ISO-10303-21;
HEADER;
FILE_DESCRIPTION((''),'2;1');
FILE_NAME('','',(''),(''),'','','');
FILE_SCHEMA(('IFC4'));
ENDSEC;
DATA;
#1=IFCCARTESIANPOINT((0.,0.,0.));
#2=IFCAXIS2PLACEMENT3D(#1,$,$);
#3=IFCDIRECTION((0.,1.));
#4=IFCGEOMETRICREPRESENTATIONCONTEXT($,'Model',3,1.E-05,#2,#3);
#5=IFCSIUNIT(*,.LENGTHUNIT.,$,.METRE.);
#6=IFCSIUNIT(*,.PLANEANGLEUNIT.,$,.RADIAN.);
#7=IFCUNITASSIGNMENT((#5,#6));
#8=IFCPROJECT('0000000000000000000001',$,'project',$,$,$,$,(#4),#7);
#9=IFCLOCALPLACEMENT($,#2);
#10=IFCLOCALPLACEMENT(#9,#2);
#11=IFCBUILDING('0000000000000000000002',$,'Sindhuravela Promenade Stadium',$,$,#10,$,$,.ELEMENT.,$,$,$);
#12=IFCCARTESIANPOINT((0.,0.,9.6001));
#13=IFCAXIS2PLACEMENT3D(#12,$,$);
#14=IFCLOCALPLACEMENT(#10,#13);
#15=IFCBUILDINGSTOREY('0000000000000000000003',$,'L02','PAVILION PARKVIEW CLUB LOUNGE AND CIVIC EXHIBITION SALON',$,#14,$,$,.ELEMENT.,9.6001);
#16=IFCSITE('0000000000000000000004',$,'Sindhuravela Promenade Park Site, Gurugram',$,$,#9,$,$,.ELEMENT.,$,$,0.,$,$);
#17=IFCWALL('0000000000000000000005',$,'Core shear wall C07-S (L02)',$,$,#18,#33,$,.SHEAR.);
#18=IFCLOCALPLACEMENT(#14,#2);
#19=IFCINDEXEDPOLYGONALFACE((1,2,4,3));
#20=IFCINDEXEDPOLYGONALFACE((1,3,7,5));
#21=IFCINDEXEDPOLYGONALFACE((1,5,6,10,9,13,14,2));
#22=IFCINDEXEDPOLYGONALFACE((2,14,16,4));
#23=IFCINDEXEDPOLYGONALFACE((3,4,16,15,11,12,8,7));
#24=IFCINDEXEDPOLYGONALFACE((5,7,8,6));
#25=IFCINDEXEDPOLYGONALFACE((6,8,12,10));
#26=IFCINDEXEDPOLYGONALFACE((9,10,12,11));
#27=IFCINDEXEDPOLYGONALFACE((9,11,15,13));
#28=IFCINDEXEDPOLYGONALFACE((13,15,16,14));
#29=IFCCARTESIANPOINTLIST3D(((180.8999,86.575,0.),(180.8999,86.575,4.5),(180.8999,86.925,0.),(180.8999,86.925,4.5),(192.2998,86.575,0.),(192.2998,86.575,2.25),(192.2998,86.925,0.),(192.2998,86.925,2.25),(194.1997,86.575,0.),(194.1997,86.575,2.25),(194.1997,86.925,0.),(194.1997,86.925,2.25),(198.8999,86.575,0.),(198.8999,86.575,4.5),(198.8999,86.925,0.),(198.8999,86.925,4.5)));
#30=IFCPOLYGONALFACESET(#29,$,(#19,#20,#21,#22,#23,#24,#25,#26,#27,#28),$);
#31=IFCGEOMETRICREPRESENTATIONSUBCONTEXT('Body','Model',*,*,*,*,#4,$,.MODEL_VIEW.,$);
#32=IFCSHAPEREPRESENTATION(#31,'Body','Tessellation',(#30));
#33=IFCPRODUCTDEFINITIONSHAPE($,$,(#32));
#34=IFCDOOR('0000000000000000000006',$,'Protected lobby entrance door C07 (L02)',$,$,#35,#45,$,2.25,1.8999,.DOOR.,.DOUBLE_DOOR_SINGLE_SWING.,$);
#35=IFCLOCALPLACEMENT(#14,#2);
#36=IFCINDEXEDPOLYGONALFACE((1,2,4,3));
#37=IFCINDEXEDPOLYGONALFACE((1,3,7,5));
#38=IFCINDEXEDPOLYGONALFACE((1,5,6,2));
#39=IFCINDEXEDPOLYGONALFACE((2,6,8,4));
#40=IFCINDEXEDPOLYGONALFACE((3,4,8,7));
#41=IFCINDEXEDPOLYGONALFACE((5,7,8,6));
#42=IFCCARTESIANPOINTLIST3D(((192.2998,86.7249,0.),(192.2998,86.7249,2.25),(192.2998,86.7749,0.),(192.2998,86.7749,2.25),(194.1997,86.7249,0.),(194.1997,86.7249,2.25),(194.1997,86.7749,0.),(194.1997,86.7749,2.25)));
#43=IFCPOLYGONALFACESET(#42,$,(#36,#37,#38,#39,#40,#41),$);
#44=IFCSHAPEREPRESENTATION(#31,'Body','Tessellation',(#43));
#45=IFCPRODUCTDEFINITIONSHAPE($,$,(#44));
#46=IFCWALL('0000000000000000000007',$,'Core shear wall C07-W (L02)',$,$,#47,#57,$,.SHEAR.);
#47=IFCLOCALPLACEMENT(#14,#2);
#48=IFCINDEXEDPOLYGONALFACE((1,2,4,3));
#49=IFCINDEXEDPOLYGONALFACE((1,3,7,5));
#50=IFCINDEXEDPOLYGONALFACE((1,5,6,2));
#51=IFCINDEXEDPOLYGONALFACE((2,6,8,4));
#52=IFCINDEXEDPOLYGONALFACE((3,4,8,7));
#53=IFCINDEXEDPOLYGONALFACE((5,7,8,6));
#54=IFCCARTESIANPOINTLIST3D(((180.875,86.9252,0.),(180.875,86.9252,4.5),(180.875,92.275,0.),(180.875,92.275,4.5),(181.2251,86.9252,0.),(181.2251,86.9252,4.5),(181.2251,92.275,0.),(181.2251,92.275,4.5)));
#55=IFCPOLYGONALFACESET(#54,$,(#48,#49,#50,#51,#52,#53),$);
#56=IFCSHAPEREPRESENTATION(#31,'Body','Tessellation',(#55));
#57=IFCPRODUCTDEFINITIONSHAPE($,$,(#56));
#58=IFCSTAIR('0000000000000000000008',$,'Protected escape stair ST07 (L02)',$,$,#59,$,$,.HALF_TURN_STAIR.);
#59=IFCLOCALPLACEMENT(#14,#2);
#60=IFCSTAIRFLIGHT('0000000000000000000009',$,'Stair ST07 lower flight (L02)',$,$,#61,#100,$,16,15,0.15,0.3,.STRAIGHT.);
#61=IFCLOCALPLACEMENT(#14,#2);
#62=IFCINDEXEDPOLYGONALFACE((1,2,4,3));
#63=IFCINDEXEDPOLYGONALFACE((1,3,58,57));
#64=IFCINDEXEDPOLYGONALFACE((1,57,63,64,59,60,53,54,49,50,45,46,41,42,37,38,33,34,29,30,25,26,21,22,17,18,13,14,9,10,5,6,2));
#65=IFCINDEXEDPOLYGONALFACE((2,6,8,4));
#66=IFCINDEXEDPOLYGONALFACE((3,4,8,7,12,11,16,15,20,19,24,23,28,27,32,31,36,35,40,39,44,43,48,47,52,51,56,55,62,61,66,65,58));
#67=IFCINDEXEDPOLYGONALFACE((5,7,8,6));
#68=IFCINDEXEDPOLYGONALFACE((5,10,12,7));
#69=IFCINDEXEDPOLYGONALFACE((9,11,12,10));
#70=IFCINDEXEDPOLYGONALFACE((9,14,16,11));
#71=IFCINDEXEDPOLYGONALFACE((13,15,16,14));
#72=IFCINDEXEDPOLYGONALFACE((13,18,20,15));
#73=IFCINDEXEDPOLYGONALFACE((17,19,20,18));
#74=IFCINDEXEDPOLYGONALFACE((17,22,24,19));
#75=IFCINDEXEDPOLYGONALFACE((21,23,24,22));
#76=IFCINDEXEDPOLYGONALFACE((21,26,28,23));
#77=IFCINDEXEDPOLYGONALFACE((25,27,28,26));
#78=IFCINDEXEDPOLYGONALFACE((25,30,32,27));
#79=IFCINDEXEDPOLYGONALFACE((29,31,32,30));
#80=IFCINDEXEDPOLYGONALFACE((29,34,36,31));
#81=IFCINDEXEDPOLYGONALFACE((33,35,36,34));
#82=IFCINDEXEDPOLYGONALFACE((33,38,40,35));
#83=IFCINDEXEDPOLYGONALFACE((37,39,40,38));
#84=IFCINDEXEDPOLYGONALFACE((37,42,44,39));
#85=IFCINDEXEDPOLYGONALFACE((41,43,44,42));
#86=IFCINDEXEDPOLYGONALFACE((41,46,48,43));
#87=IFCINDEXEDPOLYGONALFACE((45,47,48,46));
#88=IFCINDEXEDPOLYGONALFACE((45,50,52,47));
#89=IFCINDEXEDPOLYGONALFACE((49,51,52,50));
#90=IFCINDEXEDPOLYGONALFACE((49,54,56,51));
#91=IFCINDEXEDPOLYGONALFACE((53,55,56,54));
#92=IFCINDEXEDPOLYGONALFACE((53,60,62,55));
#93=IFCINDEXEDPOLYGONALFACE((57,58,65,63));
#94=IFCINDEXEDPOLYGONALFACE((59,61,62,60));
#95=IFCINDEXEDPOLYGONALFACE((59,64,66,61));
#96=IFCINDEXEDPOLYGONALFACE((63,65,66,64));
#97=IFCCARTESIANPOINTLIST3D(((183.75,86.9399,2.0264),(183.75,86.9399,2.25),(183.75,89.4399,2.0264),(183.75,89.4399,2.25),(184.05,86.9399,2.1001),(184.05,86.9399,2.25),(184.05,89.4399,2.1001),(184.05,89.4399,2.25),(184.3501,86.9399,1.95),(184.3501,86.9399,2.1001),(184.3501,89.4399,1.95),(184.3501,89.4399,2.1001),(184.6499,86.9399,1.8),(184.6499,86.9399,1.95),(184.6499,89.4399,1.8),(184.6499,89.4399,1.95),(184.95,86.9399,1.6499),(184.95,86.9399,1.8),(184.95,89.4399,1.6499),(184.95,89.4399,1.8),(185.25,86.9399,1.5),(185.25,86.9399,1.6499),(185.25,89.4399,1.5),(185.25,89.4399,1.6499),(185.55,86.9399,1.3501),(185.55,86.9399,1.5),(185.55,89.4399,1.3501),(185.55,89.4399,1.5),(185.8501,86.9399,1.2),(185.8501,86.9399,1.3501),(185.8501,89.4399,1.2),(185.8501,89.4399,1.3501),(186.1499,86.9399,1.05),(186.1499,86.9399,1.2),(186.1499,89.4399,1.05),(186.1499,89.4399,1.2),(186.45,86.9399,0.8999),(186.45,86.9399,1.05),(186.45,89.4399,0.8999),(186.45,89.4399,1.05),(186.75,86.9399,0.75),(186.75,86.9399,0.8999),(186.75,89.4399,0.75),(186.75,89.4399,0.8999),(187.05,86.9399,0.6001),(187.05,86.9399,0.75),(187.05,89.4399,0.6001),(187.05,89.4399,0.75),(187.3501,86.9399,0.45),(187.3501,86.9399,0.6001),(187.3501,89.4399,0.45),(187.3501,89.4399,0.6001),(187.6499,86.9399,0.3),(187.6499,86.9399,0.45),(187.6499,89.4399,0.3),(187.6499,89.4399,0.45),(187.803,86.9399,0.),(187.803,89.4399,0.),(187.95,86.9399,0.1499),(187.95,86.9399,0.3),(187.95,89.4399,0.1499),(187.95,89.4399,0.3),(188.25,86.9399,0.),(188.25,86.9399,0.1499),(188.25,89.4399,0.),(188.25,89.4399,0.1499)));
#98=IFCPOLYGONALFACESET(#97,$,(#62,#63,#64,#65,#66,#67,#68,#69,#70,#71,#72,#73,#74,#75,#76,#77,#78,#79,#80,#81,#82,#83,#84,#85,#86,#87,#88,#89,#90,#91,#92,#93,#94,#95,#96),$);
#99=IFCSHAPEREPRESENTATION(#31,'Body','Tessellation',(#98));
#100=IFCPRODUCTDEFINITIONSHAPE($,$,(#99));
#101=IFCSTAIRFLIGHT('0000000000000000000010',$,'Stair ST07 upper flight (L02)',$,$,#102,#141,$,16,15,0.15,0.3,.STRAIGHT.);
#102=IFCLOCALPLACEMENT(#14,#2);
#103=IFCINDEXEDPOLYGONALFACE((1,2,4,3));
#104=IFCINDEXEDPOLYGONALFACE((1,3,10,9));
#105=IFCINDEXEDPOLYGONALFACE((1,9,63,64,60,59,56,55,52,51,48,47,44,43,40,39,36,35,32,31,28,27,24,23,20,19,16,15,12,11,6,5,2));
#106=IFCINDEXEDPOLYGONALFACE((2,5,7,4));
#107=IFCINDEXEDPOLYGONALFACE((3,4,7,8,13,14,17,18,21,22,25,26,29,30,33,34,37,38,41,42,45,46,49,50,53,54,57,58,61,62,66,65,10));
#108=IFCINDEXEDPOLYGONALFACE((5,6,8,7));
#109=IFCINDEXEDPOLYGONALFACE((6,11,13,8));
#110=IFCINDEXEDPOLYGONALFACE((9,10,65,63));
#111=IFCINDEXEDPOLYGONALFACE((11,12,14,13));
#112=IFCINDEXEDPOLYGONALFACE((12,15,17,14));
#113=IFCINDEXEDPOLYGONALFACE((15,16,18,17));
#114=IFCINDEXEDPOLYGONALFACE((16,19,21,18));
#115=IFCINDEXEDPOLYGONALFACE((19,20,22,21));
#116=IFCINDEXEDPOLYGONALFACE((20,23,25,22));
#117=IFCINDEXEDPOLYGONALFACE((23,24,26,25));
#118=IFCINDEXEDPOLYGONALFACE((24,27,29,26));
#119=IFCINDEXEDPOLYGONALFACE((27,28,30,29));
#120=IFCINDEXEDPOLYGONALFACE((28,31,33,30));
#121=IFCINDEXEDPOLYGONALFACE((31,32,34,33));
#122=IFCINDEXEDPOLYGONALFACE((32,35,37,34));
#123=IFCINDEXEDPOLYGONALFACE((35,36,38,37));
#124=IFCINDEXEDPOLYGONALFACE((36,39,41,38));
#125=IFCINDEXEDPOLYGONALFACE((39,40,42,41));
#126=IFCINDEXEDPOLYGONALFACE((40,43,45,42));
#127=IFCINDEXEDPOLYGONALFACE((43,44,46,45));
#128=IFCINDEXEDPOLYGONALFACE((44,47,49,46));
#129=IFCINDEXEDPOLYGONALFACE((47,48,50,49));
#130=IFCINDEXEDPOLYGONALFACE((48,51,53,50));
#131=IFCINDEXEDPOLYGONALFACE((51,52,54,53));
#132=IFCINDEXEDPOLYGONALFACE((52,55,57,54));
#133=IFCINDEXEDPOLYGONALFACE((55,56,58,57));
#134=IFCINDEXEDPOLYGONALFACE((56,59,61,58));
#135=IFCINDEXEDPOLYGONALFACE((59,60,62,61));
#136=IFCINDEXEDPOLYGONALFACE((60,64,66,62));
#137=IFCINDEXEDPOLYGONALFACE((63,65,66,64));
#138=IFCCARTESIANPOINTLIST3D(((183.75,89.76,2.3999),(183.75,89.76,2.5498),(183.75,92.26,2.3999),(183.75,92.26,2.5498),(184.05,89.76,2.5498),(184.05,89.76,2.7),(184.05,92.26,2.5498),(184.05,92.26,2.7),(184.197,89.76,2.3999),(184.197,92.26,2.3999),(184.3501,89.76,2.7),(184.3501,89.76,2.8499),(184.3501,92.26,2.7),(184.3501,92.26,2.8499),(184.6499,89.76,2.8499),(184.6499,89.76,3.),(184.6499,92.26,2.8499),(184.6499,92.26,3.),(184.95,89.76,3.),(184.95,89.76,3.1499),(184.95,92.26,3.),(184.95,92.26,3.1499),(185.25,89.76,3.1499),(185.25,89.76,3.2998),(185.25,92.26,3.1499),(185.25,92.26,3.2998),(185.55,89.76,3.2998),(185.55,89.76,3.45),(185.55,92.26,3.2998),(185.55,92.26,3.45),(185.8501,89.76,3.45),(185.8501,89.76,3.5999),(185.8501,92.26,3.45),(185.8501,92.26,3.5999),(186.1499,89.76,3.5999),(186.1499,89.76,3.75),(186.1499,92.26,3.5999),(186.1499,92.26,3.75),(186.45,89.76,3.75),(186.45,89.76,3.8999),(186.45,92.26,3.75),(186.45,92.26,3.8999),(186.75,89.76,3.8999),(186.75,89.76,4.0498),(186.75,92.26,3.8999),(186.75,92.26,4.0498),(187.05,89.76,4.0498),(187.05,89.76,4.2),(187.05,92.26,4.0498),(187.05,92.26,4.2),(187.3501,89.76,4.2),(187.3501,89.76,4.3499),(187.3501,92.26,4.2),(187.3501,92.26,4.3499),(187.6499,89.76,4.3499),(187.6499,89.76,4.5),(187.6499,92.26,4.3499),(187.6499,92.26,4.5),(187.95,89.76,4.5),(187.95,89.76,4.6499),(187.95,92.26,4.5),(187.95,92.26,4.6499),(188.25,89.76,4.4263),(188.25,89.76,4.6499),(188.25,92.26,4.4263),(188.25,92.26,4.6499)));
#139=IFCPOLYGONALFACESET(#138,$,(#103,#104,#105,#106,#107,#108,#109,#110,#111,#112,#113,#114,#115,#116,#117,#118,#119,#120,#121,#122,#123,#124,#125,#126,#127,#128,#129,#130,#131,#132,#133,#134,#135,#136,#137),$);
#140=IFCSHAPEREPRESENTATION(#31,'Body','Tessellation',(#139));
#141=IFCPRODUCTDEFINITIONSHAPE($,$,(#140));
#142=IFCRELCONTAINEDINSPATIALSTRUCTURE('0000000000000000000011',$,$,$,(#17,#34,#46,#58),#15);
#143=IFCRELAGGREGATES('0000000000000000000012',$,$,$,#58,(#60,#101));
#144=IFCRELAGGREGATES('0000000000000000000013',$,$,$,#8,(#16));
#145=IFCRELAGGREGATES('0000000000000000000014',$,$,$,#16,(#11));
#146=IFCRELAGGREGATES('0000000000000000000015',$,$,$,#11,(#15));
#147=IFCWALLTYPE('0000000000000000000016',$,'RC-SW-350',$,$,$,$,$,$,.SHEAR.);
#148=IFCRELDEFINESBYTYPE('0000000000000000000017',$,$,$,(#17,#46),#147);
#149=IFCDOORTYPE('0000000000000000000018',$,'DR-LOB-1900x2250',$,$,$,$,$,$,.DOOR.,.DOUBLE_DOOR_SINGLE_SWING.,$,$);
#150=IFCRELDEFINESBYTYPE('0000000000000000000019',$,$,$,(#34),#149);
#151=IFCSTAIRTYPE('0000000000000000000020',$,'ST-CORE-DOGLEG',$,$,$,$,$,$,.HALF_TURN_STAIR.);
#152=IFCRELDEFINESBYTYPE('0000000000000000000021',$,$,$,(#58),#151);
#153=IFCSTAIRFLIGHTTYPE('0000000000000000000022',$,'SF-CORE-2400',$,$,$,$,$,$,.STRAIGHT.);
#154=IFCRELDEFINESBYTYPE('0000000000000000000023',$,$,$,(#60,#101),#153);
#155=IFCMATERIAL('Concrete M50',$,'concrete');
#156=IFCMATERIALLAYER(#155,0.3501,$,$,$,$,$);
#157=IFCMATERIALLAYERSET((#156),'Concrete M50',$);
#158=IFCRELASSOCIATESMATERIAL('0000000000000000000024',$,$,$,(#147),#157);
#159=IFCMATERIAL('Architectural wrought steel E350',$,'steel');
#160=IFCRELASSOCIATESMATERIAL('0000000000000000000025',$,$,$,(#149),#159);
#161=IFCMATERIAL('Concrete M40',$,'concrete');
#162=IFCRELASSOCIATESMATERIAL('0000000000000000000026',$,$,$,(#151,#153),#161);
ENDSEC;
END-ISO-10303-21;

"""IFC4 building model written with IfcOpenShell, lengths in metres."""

from ifc_helpers import new_model, si_unit, direction, frame, frame_2d, origin, place, context, subcontext, project, spatial, polyline, rectangle, outline, extrude, material, layer, layer_set, type_object, element, fill, aggregate, save


model = new_model("IFC4")

# Units and contexts
model_context = context("Model", 3, precision=1e-05, world=origin(), true_north=direction((0.0, 1.0)))
body_context = subcontext(model_context, "Body", "Model", "MODEL_VIEW")
ifc_project = project(units=[si_unit("LENGTHUNIT", "METRE"), si_unit("PLANEANGLEUNIT", "RADIAN")], contexts=[model_context])

# Site, building, storey
site_placement = place(None, origin())
site = spatial("IfcSite", under=ifc_project, at=site_placement, Name="Sindhuravela Promenade Park Site, Gurugram", CompositionType="ELEMENT", RefElevation=0.0)
building_placement = place(site_placement, origin())
building = spatial("IfcBuilding", under=site, at=building_placement, Name="Sindhuravela Promenade Stadium", CompositionType="ELEMENT")
storey_placement = place(building_placement, frame((0.0, 0.0, 9.6001)))
storey = spatial("IfcBuildingStorey", under=building, at=storey_placement, Name="L02", Description="PAVILION PARKVIEW CLUB LOUNGE AND CIVIC EXHIBITION SALON", CompositionType="ELEMENT", Elevation=9.6001)

# Shared definitions
ifc_material_1 = material(Name="Concrete M40", Category="concrete")

# Wall, opening, door
ifc_material_2 = material(Name="Concrete M50", Category="concrete")
ifc_layer_1 = layer(ifc_material_2, 0.3501)
ifc_layer_set_1 = layer_set([ifc_layer_1], Name="Concrete M50")
wall_type_1 = type_object("IfcWallType", Name="RC-SW-350", PredefinedType="SHEAR", material=ifc_layer_set_1)
wall_1_placement = place(storey_placement, frame((180.8999, 86.75, 0.0), z_axis=(0.0, 0.0, 1.0), x_axis=(1.0, 0.0, 0.0)))
wall_1 = element("IfcWall", 1, at=wall_1_placement, inside=storey, type_object=wall_type_1, Name="Core shear wall C07-S (L02)", PredefinedType="SHEAR", context=body_context, shape_type="SweptSolid", body=[
    extrude(rectangle(XDim=18.0, YDim=0.3501, at=frame_2d((9.0, 0.0))), origin(), (0.0, 0.0, 1.0), 4.5),
])
opening_placement = place(wall_1_placement, frame((11.3999, 0.0, 0.0)))
opening = element("IfcOpeningElement", 2, at=opening_placement, cuts=wall_1, PredefinedType="OPENING", context=body_context, shape_type="SweptSolid", body=[
    extrude(rectangle(XDim=1.8999, YDim=2.25, at=frame_2d((0.95, 1.125))), frame((0.0, 0.1851, 0.0), z_axis=(0.0, -1.0, 0.0), x_axis=(1.0, 0.0, 0.0)), (0.0, 0.0, 1.0), 0.3701),
])
ifc_material_3 = material(Name="Architectural wrought steel E350", Category="steel")
door_type = type_object("IfcDoorType", Name="DR-LOB-1900x2250", OperationType="DOUBLE_DOOR_SINGLE_SWING", PredefinedType="DOOR", material=ifc_material_3)
door_placement = place(opening_placement, origin())
door = element("IfcDoor", 3, at=door_placement, inside=storey, type_object=door_type, Name="Protected lobby entrance door C07 (L02)", OperationType="DOUBLE_DOOR_SINGLE_SWING", OverallHeight=2.25, OverallWidth=1.8999, PredefinedType="DOOR", context=body_context, shape_type="SweptSolid", body=[
    extrude(rectangle(XDim=1.8999, YDim=2.25, at=frame_2d((0.95, 1.125))), frame((0.0, 0.0249, 0.0), z_axis=(0.0, -1.0, 0.0), x_axis=(1.0, 0.0, 0.0)), (0.0, 0.0, 1.0), 0.05),
])
fill(opening, door)

# Wall
wall_2_placement = place(storey_placement, frame((181.05, 92.2749, 0.0), z_axis=(0.0, 0.0, 1.0), x_axis=(0.0, -1.0, 0.0)))
element("IfcWall", 4, at=wall_2_placement, inside=storey, type_object=wall_type_1, Name="Core shear wall C07-W (L02)", PredefinedType="SHEAR", context=body_context, shape_type="SweptSolid", body=[
    extrude(rectangle(XDim=5.3499, YDim=0.3501, at=frame_2d((2.6748, 0.0))), origin(), (0.0, 0.0, 1.0), 4.5),
])

# Stair, stair flights
stair_type = type_object("IfcStairType", Name="ST-CORE-DOGLEG", PredefinedType="HALF_TURN_STAIR", material=ifc_material_1)
stair_placement = place(storey_placement, origin())
stair = element("IfcStair", 5, at=stair_placement, inside=storey, type_object=stair_type, Name="Protected escape stair ST07 (L02)", PredefinedType="HALF_TURN_STAIR")
stair_flight_type = type_object("IfcStairFlightType", Name="SF-CORE-2400", PredefinedType="STRAIGHT", material=ifc_material_1)
stair_flight_1_placement = place(storey_placement, frame((188.25, 88.1899, 0.0), z_axis=(0.0, 0.0, 1.0), x_axis=(-1.0, 0.0, 0.0)))
stair_flight_1 = element("IfcStairFlight", 6, at=stair_flight_1_placement, type_object=stair_flight_type, Name="Stair ST07 lower flight (L02)", NumberOfRisers=16, NumberOfTreads=15, PredefinedType="STRAIGHT", RiserHeight=0.15, TreadLength=0.3, context=body_context, shape_type="SweptSolid", body=[
    extrude(outline(polyline([(0.0, 0.0), (0.0, 0.1499), (0.3, 0.1499), (0.3, 0.3), (0.6001, 0.3), (0.6001, 0.45), (0.8999, 0.45), (0.8999, 0.6001), (1.2, 0.6001), (1.2, 0.75), (1.5, 0.75), (1.5, 0.8999), (1.8, 0.8999), (1.8, 1.05), (2.1001, 1.05), (2.1001, 1.2), (2.3999, 1.2), (2.3999, 1.3501), (2.7, 1.3501), (2.7, 1.5), (3.0, 1.5), (3.0, 1.6499), (3.3, 1.6499), (3.3, 1.8), (3.6001, 1.8), (3.6001, 1.95), (3.8999, 1.95), (3.8999, 2.1001), (4.2, 2.1001), (4.2, 2.25), (4.5, 2.25), (4.5, 2.3999), (4.5, 2.0264), (0.447, 0.0), (0.0, 0.0)])), frame((0.0, 1.25, 0.0), z_axis=(0.0, -1.0, 0.0), x_axis=(1.0, 0.0, 0.0)), (0.0, 0.0, 1.0), 2.5),
])
stair_flight_2_placement = place(storey_placement, frame((183.75, 91.01, 2.3999), z_axis=(0.0, 0.0, 1.0), x_axis=(1.0, 0.0, 0.0)))
stair_flight_2 = element("IfcStairFlight", 7, at=stair_flight_2_placement, type_object=stair_flight_type, Name="Stair ST07 upper flight (L02)", NumberOfRisers=16, NumberOfTreads=15, PredefinedType="STRAIGHT", RiserHeight=0.15, TreadLength=0.3, context=body_context, shape_type="SweptSolid", body=[
    extrude(outline(polyline([(0.0, 0.0), (0.0, 0.1499), (0.3, 0.1499), (0.3, 0.3), (0.6001, 0.3), (0.6001, 0.45), (0.8999, 0.45), (0.8999, 0.6001), (1.2, 0.6001), (1.2, 0.75), (1.5, 0.75), (1.5, 0.8999), (1.8, 0.8999), (1.8, 1.05), (2.1001, 1.05), (2.1001, 1.2), (2.3999, 1.2), (2.3999, 1.3501), (2.7, 1.3501), (2.7, 1.5), (3.0, 1.5), (3.0, 1.6499), (3.3, 1.6499), (3.3, 1.8), (3.6001, 1.8), (3.6001, 1.95), (3.8999, 1.95), (3.8999, 2.1001), (4.2, 2.1001), (4.2, 2.25), (4.5, 2.25), (4.5, 2.3999), (4.5, 2.0264), (0.447, 0.0), (0.0, 0.0)])), frame((0.0, 1.25, 0.0), z_axis=(0.0, -1.0, 0.0), x_axis=(1.0, 0.0, 0.0)), (0.0, 0.0, 1.0), 2.5),
])
aggregate(stair, [stair_flight_1, stair_flight_2])

save(model, "model.ifc")
